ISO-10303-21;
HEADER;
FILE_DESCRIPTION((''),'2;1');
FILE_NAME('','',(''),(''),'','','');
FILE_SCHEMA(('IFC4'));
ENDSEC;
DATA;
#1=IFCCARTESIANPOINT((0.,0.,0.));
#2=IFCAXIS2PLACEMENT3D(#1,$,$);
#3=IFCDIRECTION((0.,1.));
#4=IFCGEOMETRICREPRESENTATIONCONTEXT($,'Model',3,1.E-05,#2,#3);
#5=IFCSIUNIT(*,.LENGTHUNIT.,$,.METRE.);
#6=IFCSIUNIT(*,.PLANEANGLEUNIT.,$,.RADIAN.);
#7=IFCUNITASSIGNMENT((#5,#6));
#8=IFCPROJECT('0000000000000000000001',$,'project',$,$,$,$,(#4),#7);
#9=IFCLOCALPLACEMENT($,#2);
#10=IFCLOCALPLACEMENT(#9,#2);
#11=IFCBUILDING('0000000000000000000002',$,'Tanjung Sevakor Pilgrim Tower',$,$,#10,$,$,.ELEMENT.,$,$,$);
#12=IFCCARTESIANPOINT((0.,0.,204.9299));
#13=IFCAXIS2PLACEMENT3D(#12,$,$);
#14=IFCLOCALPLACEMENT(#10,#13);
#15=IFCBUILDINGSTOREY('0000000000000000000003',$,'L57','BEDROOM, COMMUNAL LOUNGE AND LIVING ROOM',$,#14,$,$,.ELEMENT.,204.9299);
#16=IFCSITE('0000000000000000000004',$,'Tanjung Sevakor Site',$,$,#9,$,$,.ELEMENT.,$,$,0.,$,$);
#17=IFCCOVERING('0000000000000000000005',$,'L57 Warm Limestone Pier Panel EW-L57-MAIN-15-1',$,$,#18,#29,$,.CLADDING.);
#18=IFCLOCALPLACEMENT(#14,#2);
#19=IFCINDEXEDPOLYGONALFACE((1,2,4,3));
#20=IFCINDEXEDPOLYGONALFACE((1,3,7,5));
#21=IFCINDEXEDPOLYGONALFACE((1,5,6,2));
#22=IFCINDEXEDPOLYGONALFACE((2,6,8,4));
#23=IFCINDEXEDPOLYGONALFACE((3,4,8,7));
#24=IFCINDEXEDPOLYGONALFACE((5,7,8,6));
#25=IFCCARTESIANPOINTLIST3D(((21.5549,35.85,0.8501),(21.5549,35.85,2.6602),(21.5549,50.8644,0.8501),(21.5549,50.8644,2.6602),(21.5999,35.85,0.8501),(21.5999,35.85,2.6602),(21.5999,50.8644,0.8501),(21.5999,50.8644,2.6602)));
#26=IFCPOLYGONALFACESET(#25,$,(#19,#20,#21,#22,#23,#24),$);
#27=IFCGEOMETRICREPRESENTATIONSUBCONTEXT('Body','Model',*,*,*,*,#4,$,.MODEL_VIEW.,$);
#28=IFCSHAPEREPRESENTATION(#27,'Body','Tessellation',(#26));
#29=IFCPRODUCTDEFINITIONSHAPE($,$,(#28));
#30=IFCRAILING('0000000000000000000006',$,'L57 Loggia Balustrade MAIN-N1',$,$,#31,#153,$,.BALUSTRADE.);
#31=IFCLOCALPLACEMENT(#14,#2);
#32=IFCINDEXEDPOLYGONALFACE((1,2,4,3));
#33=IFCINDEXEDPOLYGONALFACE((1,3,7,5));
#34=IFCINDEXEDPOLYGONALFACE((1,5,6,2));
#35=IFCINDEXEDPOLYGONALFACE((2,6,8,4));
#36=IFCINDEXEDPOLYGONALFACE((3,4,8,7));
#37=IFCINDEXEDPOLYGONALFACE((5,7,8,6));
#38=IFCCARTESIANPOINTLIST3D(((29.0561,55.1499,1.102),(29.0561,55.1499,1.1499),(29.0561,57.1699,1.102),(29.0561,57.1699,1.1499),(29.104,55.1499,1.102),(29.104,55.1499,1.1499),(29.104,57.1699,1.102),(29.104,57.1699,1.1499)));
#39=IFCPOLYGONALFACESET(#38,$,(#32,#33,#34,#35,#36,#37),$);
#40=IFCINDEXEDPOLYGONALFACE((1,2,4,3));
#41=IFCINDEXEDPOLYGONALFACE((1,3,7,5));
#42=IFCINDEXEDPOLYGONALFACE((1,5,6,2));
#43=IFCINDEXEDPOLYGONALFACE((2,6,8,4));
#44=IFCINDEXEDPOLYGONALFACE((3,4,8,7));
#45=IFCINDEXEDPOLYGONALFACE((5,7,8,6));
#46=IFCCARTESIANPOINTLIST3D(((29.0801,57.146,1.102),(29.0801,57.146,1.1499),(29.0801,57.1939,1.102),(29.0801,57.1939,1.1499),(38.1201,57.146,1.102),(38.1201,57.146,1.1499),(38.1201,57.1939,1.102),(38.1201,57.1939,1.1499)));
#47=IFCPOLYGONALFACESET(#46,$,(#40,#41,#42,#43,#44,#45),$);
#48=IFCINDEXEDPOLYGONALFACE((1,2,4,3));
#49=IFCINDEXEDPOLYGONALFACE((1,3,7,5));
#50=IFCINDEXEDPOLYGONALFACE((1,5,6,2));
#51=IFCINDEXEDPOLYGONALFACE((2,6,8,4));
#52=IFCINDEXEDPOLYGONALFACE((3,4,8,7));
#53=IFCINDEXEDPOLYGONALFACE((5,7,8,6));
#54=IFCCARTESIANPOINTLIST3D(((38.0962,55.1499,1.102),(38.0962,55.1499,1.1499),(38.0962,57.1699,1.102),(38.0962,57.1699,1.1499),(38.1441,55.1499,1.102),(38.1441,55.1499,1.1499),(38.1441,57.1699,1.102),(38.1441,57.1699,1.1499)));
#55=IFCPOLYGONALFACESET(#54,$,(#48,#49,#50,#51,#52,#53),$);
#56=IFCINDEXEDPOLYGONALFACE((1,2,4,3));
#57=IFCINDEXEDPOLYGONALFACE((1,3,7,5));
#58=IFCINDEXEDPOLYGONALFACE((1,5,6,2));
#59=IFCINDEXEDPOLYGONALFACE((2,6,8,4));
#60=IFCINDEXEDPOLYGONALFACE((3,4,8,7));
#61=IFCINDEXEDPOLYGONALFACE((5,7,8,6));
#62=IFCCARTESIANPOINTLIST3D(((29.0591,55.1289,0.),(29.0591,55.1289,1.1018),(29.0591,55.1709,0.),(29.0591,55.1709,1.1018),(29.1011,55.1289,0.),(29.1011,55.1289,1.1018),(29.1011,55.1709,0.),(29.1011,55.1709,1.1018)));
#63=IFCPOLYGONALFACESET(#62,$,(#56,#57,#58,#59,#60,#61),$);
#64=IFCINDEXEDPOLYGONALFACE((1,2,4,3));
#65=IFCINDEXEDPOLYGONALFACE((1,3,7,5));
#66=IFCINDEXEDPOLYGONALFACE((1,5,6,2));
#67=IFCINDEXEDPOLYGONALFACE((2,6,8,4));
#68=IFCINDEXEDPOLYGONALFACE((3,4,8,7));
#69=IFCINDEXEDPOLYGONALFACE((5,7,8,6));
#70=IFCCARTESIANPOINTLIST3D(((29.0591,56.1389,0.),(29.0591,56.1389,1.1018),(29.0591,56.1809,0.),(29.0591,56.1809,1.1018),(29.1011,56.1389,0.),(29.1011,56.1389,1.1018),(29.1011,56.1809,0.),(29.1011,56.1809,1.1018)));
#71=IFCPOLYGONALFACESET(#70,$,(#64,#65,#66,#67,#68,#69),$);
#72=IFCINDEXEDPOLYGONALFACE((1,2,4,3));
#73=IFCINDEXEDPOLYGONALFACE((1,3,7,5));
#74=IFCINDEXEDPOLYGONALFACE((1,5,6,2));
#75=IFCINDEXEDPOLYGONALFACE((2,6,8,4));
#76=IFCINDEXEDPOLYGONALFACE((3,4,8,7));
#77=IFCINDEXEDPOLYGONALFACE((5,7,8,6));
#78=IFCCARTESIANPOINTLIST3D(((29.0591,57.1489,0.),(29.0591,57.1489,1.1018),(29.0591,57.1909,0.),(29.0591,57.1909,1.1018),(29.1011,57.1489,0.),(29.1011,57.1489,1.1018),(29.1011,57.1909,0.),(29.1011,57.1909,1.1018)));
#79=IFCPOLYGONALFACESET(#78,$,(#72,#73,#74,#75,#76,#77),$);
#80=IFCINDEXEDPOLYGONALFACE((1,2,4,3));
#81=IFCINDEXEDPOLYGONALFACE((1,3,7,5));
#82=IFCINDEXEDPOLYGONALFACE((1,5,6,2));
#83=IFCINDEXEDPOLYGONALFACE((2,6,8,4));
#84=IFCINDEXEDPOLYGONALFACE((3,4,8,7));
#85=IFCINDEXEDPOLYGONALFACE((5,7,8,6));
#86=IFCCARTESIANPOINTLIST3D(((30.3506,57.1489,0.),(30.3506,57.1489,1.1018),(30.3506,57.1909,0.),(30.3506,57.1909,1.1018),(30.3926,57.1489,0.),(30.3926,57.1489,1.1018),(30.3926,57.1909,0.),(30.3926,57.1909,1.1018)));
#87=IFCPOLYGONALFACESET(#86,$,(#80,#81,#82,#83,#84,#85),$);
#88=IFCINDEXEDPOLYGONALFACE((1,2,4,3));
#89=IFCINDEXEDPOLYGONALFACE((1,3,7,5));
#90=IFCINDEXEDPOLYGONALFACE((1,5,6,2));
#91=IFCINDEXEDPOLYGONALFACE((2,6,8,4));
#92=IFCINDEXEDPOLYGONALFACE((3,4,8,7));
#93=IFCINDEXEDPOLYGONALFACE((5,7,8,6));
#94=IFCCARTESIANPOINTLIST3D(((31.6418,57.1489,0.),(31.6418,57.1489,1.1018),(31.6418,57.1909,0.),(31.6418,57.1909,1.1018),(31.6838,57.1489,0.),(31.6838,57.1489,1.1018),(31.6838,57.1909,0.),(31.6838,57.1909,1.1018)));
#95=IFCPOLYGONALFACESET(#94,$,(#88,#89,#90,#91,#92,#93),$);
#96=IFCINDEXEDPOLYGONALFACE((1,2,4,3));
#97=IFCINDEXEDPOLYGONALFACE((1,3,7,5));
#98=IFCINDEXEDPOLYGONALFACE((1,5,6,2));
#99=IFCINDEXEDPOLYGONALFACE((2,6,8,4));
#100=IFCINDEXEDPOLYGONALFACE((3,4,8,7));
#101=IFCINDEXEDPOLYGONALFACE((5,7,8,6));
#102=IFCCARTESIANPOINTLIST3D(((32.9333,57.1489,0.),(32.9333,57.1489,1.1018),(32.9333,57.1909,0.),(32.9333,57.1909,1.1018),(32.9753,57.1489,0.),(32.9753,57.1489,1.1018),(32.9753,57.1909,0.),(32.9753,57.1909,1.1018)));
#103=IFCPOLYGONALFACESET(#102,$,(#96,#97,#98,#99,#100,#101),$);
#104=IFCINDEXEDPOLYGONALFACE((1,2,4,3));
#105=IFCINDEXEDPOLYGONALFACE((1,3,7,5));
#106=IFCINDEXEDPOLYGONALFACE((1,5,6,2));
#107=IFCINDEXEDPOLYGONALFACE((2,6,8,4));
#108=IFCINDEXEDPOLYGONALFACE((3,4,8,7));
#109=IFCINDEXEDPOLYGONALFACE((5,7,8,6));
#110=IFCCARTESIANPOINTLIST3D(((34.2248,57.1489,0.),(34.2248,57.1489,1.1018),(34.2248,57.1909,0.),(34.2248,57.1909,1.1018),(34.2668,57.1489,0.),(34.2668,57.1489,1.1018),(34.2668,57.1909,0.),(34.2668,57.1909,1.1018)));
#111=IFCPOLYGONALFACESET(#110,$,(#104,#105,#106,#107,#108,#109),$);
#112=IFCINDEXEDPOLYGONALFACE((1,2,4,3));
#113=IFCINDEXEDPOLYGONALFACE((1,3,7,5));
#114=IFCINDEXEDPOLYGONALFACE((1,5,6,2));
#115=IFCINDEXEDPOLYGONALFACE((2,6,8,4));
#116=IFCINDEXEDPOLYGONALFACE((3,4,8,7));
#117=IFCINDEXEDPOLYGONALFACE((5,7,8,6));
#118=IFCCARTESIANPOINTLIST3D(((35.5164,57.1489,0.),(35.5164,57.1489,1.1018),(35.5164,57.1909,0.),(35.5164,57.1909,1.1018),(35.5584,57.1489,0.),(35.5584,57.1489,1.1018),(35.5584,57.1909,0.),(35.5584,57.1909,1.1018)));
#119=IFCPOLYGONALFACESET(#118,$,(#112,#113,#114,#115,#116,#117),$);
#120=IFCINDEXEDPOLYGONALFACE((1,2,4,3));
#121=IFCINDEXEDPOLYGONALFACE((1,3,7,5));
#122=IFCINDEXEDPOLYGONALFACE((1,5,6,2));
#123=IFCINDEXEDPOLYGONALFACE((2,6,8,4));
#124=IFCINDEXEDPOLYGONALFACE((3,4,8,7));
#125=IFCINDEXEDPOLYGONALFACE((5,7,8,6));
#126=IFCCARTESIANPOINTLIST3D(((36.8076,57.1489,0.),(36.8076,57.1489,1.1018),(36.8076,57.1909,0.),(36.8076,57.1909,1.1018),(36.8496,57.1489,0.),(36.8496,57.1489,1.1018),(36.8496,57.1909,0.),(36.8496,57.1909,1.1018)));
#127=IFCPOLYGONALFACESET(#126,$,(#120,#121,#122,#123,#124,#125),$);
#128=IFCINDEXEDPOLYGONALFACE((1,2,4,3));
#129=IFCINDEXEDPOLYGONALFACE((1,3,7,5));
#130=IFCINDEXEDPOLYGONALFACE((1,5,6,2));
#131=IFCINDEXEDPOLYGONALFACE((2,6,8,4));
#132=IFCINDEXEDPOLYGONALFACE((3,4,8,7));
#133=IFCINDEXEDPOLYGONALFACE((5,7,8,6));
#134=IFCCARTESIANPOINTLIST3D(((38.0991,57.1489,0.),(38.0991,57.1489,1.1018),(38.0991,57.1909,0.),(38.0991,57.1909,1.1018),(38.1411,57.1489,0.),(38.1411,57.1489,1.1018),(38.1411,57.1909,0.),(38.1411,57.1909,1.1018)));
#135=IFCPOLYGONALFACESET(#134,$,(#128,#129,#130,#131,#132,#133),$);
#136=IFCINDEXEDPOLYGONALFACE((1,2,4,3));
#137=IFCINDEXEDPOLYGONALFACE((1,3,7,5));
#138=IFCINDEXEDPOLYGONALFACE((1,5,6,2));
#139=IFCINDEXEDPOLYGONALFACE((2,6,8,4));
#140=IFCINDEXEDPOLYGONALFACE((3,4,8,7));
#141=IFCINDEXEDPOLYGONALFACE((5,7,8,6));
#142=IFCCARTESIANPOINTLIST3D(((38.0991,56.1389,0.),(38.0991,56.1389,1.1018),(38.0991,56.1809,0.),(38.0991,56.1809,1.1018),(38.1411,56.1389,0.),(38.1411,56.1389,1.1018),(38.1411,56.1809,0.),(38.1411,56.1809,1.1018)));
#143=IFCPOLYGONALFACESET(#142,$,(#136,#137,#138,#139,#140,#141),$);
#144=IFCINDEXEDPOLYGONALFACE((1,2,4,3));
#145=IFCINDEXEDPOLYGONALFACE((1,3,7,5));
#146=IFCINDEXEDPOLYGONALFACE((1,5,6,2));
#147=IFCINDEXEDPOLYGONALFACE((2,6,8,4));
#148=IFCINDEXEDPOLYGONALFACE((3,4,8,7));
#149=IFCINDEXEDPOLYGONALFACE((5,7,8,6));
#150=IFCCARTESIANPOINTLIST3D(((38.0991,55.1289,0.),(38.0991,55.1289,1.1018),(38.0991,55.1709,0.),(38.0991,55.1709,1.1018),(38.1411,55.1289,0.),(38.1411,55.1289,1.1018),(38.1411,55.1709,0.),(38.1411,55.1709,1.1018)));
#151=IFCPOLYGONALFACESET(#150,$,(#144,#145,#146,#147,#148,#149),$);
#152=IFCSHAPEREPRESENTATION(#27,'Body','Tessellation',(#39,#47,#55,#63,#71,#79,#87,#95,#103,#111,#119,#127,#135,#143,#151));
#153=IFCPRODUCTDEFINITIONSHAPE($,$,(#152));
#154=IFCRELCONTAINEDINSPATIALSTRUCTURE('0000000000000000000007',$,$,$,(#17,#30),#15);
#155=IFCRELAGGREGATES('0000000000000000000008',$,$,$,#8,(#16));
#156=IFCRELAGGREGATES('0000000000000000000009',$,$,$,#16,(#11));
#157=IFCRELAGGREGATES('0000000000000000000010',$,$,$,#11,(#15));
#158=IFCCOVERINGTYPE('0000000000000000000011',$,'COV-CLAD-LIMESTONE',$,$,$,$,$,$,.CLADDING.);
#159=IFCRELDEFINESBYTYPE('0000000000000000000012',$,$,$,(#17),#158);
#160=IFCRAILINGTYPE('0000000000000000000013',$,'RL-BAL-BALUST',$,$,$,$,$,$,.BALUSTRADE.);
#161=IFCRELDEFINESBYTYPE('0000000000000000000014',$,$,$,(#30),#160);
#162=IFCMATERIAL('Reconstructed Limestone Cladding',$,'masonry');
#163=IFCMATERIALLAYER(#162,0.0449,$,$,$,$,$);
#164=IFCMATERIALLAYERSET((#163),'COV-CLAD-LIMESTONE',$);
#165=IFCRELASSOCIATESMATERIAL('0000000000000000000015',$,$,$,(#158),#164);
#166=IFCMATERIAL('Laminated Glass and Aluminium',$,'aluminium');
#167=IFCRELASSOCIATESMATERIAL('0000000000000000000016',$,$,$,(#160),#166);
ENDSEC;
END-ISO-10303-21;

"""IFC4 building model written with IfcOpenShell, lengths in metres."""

from ifc_helpers import new_model, si_unit, direction, frame, origin, origin_2d, place, context, subcontext, project, spatial, rectangle, extrude, material, layer, layer_set, type_object, element, save


model = new_model("IFC4")

# Units and contexts
model_context = context("Model", 3, precision=1e-05, world=origin(), true_north=direction((0.0, 1.0)))
body_context = subcontext(model_context, "Body", "Model", "MODEL_VIEW")
ifc_project = project(units=[si_unit("LENGTHUNIT", "METRE"), si_unit("PLANEANGLEUNIT", "RADIAN")], contexts=[model_context])

# Site, building, storey
site_placement = place(None, origin())
site = spatial("IfcSite", under=ifc_project, at=site_placement, Name="Tanjung Sevakor Site", CompositionType="ELEMENT", RefElevation=0.0)
building_placement = place(site_placement, origin())
building = spatial("IfcBuilding", under=site, at=building_placement, Name="Tanjung Sevakor Pilgrim Tower", CompositionType="ELEMENT")
storey_placement = place(building_placement, frame((0.0, 0.0, 204.9299)))
storey = spatial("IfcBuildingStorey", under=building, at=storey_placement, Name="L57", Description="BEDROOM, COMMUNAL LOUNGE AND LIVING ROOM", CompositionType="ELEMENT", Elevation=204.9299)

# Covering
ifc_material_1 = material(Name="Reconstructed Limestone Cladding", Category="masonry")
ifc_layer_1 = layer(ifc_material_1, 0.0449)
ifc_layer_set_1 = layer_set([ifc_layer_1], Name="COV-CLAD-LIMESTONE")
covering_type = type_object("IfcCoveringType", Name="COV-CLAD-LIMESTONE", PredefinedType="CLADDING", material=ifc_layer_set_1)
covering_1_placement = place(storey_placement, frame((21.5774, 43.3572, 0.8501), z_axis=(0.0, 0.0, 1.0), x_axis=(0.0, -1.0, 0.0)))
element("IfcCovering", 1, at=covering_1_placement, inside=storey, type_object=covering_type, Name="L57 Warm Limestone Pier Panel EW-L57-MAIN-15-1", PredefinedType="CLADDING", context=body_context, shape_type="SweptSolid", body=[
    extrude(rectangle(XDim=15.0144, YDim=0.0449, at=origin_2d()), origin(), (0.0, 0.0, 1.0), 1.8101),
])

# Railing
ifc_material_2 = material(Name="Laminated Glass and Aluminium", Category="aluminium")
railing_type_1 = type_object("IfcRailingType", Name="RL-BAL-BALUST", PredefinedType="BALUSTRADE", material=ifc_material_2)
railing_1_placement = place(storey_placement, frame((29.0801, 55.1499, 0.0)))
element("IfcRailing", 2, at=railing_1_placement, inside=storey, type_object=railing_type_1, Name="L57 Loggia Balustrade MAIN-N1", PredefinedType="BALUSTRADE", context=body_context, shape_type="SweptSolid", body=[
    extrude(rectangle(XDim=0.0479, YDim=0.0479), frame((0.0, 0.0, 1.126), z_axis=(0.0, 1.0, 0.0), x_axis=(-1.0, 0.0, 0.0)), (0.0, 0.0, 1.0), 2.02),
    extrude(rectangle(XDim=0.0479, YDim=0.0479), frame((0.0, 2.02, 1.126), z_axis=(1.0, 0.0, 0.0), x_axis=(0.0, 1.0, 0.0)), (0.0, 0.0, 1.0), 9.04),
    extrude(rectangle(XDim=0.0479, YDim=0.0479), frame((9.04, 2.02, 1.126), z_axis=(0.0, -1.0, 0.0), x_axis=(1.0, 0.0, 0.0)), (0.0, 0.0, 1.0), 2.02),
    extrude(rectangle(XDim=0.042, YDim=0.042), origin(), (0.0, 0.0, 1.0), 1.1018),
    extrude(rectangle(XDim=0.042, YDim=0.042), frame((0.0, 1.01, 0.0)), (0.0, 0.0, 1.0), 1.1018),
    extrude(rectangle(XDim=0.042, YDim=0.042), frame((0.0, 2.02, 0.0)), (0.0, 0.0, 1.0), 1.1018),
    extrude(rectangle(XDim=0.042, YDim=0.042), frame((1.2915, 2.02, 0.0)), (0.0, 0.0, 1.0), 1.1018),
    extrude(rectangle(XDim=0.042, YDim=0.042), frame((2.5828, 2.02, 0.0)), (0.0, 0.0, 1.0), 1.1018),
    extrude(rectangle(XDim=0.042, YDim=0.042), frame((3.8743, 2.02, 0.0)), (0.0, 0.0, 1.0), 1.1018),
    extrude(rectangle(XDim=0.042, YDim=0.042), frame((5.1658, 2.02, 0.0)), (0.0, 0.0, 1.0), 1.1018),
    extrude(rectangle(XDim=0.042, YDim=0.042), frame((6.4573, 2.02, 0.0)), (0.0, 0.0, 1.0), 1.1018),
    extrude(rectangle(XDim=0.042, YDim=0.042), frame((7.7485, 2.02, 0.0)), (0.0, 0.0, 1.0), 1.1018),
    extrude(rectangle(XDim=0.042, YDim=0.042), frame((9.04, 2.02, 0.0)), (0.0, 0.0, 1.0), 1.1018),
    extrude(rectangle(XDim=0.042, YDim=0.042), frame((9.04, 1.01, 0.0)), (0.0, 0.0, 1.0), 1.1018),
    extrude(rectangle(XDim=0.042, YDim=0.042), frame((9.04, 0.0, 0.0)), (0.0, 0.0, 1.0), 1.1018),
])

save(model, "model.ifc")
